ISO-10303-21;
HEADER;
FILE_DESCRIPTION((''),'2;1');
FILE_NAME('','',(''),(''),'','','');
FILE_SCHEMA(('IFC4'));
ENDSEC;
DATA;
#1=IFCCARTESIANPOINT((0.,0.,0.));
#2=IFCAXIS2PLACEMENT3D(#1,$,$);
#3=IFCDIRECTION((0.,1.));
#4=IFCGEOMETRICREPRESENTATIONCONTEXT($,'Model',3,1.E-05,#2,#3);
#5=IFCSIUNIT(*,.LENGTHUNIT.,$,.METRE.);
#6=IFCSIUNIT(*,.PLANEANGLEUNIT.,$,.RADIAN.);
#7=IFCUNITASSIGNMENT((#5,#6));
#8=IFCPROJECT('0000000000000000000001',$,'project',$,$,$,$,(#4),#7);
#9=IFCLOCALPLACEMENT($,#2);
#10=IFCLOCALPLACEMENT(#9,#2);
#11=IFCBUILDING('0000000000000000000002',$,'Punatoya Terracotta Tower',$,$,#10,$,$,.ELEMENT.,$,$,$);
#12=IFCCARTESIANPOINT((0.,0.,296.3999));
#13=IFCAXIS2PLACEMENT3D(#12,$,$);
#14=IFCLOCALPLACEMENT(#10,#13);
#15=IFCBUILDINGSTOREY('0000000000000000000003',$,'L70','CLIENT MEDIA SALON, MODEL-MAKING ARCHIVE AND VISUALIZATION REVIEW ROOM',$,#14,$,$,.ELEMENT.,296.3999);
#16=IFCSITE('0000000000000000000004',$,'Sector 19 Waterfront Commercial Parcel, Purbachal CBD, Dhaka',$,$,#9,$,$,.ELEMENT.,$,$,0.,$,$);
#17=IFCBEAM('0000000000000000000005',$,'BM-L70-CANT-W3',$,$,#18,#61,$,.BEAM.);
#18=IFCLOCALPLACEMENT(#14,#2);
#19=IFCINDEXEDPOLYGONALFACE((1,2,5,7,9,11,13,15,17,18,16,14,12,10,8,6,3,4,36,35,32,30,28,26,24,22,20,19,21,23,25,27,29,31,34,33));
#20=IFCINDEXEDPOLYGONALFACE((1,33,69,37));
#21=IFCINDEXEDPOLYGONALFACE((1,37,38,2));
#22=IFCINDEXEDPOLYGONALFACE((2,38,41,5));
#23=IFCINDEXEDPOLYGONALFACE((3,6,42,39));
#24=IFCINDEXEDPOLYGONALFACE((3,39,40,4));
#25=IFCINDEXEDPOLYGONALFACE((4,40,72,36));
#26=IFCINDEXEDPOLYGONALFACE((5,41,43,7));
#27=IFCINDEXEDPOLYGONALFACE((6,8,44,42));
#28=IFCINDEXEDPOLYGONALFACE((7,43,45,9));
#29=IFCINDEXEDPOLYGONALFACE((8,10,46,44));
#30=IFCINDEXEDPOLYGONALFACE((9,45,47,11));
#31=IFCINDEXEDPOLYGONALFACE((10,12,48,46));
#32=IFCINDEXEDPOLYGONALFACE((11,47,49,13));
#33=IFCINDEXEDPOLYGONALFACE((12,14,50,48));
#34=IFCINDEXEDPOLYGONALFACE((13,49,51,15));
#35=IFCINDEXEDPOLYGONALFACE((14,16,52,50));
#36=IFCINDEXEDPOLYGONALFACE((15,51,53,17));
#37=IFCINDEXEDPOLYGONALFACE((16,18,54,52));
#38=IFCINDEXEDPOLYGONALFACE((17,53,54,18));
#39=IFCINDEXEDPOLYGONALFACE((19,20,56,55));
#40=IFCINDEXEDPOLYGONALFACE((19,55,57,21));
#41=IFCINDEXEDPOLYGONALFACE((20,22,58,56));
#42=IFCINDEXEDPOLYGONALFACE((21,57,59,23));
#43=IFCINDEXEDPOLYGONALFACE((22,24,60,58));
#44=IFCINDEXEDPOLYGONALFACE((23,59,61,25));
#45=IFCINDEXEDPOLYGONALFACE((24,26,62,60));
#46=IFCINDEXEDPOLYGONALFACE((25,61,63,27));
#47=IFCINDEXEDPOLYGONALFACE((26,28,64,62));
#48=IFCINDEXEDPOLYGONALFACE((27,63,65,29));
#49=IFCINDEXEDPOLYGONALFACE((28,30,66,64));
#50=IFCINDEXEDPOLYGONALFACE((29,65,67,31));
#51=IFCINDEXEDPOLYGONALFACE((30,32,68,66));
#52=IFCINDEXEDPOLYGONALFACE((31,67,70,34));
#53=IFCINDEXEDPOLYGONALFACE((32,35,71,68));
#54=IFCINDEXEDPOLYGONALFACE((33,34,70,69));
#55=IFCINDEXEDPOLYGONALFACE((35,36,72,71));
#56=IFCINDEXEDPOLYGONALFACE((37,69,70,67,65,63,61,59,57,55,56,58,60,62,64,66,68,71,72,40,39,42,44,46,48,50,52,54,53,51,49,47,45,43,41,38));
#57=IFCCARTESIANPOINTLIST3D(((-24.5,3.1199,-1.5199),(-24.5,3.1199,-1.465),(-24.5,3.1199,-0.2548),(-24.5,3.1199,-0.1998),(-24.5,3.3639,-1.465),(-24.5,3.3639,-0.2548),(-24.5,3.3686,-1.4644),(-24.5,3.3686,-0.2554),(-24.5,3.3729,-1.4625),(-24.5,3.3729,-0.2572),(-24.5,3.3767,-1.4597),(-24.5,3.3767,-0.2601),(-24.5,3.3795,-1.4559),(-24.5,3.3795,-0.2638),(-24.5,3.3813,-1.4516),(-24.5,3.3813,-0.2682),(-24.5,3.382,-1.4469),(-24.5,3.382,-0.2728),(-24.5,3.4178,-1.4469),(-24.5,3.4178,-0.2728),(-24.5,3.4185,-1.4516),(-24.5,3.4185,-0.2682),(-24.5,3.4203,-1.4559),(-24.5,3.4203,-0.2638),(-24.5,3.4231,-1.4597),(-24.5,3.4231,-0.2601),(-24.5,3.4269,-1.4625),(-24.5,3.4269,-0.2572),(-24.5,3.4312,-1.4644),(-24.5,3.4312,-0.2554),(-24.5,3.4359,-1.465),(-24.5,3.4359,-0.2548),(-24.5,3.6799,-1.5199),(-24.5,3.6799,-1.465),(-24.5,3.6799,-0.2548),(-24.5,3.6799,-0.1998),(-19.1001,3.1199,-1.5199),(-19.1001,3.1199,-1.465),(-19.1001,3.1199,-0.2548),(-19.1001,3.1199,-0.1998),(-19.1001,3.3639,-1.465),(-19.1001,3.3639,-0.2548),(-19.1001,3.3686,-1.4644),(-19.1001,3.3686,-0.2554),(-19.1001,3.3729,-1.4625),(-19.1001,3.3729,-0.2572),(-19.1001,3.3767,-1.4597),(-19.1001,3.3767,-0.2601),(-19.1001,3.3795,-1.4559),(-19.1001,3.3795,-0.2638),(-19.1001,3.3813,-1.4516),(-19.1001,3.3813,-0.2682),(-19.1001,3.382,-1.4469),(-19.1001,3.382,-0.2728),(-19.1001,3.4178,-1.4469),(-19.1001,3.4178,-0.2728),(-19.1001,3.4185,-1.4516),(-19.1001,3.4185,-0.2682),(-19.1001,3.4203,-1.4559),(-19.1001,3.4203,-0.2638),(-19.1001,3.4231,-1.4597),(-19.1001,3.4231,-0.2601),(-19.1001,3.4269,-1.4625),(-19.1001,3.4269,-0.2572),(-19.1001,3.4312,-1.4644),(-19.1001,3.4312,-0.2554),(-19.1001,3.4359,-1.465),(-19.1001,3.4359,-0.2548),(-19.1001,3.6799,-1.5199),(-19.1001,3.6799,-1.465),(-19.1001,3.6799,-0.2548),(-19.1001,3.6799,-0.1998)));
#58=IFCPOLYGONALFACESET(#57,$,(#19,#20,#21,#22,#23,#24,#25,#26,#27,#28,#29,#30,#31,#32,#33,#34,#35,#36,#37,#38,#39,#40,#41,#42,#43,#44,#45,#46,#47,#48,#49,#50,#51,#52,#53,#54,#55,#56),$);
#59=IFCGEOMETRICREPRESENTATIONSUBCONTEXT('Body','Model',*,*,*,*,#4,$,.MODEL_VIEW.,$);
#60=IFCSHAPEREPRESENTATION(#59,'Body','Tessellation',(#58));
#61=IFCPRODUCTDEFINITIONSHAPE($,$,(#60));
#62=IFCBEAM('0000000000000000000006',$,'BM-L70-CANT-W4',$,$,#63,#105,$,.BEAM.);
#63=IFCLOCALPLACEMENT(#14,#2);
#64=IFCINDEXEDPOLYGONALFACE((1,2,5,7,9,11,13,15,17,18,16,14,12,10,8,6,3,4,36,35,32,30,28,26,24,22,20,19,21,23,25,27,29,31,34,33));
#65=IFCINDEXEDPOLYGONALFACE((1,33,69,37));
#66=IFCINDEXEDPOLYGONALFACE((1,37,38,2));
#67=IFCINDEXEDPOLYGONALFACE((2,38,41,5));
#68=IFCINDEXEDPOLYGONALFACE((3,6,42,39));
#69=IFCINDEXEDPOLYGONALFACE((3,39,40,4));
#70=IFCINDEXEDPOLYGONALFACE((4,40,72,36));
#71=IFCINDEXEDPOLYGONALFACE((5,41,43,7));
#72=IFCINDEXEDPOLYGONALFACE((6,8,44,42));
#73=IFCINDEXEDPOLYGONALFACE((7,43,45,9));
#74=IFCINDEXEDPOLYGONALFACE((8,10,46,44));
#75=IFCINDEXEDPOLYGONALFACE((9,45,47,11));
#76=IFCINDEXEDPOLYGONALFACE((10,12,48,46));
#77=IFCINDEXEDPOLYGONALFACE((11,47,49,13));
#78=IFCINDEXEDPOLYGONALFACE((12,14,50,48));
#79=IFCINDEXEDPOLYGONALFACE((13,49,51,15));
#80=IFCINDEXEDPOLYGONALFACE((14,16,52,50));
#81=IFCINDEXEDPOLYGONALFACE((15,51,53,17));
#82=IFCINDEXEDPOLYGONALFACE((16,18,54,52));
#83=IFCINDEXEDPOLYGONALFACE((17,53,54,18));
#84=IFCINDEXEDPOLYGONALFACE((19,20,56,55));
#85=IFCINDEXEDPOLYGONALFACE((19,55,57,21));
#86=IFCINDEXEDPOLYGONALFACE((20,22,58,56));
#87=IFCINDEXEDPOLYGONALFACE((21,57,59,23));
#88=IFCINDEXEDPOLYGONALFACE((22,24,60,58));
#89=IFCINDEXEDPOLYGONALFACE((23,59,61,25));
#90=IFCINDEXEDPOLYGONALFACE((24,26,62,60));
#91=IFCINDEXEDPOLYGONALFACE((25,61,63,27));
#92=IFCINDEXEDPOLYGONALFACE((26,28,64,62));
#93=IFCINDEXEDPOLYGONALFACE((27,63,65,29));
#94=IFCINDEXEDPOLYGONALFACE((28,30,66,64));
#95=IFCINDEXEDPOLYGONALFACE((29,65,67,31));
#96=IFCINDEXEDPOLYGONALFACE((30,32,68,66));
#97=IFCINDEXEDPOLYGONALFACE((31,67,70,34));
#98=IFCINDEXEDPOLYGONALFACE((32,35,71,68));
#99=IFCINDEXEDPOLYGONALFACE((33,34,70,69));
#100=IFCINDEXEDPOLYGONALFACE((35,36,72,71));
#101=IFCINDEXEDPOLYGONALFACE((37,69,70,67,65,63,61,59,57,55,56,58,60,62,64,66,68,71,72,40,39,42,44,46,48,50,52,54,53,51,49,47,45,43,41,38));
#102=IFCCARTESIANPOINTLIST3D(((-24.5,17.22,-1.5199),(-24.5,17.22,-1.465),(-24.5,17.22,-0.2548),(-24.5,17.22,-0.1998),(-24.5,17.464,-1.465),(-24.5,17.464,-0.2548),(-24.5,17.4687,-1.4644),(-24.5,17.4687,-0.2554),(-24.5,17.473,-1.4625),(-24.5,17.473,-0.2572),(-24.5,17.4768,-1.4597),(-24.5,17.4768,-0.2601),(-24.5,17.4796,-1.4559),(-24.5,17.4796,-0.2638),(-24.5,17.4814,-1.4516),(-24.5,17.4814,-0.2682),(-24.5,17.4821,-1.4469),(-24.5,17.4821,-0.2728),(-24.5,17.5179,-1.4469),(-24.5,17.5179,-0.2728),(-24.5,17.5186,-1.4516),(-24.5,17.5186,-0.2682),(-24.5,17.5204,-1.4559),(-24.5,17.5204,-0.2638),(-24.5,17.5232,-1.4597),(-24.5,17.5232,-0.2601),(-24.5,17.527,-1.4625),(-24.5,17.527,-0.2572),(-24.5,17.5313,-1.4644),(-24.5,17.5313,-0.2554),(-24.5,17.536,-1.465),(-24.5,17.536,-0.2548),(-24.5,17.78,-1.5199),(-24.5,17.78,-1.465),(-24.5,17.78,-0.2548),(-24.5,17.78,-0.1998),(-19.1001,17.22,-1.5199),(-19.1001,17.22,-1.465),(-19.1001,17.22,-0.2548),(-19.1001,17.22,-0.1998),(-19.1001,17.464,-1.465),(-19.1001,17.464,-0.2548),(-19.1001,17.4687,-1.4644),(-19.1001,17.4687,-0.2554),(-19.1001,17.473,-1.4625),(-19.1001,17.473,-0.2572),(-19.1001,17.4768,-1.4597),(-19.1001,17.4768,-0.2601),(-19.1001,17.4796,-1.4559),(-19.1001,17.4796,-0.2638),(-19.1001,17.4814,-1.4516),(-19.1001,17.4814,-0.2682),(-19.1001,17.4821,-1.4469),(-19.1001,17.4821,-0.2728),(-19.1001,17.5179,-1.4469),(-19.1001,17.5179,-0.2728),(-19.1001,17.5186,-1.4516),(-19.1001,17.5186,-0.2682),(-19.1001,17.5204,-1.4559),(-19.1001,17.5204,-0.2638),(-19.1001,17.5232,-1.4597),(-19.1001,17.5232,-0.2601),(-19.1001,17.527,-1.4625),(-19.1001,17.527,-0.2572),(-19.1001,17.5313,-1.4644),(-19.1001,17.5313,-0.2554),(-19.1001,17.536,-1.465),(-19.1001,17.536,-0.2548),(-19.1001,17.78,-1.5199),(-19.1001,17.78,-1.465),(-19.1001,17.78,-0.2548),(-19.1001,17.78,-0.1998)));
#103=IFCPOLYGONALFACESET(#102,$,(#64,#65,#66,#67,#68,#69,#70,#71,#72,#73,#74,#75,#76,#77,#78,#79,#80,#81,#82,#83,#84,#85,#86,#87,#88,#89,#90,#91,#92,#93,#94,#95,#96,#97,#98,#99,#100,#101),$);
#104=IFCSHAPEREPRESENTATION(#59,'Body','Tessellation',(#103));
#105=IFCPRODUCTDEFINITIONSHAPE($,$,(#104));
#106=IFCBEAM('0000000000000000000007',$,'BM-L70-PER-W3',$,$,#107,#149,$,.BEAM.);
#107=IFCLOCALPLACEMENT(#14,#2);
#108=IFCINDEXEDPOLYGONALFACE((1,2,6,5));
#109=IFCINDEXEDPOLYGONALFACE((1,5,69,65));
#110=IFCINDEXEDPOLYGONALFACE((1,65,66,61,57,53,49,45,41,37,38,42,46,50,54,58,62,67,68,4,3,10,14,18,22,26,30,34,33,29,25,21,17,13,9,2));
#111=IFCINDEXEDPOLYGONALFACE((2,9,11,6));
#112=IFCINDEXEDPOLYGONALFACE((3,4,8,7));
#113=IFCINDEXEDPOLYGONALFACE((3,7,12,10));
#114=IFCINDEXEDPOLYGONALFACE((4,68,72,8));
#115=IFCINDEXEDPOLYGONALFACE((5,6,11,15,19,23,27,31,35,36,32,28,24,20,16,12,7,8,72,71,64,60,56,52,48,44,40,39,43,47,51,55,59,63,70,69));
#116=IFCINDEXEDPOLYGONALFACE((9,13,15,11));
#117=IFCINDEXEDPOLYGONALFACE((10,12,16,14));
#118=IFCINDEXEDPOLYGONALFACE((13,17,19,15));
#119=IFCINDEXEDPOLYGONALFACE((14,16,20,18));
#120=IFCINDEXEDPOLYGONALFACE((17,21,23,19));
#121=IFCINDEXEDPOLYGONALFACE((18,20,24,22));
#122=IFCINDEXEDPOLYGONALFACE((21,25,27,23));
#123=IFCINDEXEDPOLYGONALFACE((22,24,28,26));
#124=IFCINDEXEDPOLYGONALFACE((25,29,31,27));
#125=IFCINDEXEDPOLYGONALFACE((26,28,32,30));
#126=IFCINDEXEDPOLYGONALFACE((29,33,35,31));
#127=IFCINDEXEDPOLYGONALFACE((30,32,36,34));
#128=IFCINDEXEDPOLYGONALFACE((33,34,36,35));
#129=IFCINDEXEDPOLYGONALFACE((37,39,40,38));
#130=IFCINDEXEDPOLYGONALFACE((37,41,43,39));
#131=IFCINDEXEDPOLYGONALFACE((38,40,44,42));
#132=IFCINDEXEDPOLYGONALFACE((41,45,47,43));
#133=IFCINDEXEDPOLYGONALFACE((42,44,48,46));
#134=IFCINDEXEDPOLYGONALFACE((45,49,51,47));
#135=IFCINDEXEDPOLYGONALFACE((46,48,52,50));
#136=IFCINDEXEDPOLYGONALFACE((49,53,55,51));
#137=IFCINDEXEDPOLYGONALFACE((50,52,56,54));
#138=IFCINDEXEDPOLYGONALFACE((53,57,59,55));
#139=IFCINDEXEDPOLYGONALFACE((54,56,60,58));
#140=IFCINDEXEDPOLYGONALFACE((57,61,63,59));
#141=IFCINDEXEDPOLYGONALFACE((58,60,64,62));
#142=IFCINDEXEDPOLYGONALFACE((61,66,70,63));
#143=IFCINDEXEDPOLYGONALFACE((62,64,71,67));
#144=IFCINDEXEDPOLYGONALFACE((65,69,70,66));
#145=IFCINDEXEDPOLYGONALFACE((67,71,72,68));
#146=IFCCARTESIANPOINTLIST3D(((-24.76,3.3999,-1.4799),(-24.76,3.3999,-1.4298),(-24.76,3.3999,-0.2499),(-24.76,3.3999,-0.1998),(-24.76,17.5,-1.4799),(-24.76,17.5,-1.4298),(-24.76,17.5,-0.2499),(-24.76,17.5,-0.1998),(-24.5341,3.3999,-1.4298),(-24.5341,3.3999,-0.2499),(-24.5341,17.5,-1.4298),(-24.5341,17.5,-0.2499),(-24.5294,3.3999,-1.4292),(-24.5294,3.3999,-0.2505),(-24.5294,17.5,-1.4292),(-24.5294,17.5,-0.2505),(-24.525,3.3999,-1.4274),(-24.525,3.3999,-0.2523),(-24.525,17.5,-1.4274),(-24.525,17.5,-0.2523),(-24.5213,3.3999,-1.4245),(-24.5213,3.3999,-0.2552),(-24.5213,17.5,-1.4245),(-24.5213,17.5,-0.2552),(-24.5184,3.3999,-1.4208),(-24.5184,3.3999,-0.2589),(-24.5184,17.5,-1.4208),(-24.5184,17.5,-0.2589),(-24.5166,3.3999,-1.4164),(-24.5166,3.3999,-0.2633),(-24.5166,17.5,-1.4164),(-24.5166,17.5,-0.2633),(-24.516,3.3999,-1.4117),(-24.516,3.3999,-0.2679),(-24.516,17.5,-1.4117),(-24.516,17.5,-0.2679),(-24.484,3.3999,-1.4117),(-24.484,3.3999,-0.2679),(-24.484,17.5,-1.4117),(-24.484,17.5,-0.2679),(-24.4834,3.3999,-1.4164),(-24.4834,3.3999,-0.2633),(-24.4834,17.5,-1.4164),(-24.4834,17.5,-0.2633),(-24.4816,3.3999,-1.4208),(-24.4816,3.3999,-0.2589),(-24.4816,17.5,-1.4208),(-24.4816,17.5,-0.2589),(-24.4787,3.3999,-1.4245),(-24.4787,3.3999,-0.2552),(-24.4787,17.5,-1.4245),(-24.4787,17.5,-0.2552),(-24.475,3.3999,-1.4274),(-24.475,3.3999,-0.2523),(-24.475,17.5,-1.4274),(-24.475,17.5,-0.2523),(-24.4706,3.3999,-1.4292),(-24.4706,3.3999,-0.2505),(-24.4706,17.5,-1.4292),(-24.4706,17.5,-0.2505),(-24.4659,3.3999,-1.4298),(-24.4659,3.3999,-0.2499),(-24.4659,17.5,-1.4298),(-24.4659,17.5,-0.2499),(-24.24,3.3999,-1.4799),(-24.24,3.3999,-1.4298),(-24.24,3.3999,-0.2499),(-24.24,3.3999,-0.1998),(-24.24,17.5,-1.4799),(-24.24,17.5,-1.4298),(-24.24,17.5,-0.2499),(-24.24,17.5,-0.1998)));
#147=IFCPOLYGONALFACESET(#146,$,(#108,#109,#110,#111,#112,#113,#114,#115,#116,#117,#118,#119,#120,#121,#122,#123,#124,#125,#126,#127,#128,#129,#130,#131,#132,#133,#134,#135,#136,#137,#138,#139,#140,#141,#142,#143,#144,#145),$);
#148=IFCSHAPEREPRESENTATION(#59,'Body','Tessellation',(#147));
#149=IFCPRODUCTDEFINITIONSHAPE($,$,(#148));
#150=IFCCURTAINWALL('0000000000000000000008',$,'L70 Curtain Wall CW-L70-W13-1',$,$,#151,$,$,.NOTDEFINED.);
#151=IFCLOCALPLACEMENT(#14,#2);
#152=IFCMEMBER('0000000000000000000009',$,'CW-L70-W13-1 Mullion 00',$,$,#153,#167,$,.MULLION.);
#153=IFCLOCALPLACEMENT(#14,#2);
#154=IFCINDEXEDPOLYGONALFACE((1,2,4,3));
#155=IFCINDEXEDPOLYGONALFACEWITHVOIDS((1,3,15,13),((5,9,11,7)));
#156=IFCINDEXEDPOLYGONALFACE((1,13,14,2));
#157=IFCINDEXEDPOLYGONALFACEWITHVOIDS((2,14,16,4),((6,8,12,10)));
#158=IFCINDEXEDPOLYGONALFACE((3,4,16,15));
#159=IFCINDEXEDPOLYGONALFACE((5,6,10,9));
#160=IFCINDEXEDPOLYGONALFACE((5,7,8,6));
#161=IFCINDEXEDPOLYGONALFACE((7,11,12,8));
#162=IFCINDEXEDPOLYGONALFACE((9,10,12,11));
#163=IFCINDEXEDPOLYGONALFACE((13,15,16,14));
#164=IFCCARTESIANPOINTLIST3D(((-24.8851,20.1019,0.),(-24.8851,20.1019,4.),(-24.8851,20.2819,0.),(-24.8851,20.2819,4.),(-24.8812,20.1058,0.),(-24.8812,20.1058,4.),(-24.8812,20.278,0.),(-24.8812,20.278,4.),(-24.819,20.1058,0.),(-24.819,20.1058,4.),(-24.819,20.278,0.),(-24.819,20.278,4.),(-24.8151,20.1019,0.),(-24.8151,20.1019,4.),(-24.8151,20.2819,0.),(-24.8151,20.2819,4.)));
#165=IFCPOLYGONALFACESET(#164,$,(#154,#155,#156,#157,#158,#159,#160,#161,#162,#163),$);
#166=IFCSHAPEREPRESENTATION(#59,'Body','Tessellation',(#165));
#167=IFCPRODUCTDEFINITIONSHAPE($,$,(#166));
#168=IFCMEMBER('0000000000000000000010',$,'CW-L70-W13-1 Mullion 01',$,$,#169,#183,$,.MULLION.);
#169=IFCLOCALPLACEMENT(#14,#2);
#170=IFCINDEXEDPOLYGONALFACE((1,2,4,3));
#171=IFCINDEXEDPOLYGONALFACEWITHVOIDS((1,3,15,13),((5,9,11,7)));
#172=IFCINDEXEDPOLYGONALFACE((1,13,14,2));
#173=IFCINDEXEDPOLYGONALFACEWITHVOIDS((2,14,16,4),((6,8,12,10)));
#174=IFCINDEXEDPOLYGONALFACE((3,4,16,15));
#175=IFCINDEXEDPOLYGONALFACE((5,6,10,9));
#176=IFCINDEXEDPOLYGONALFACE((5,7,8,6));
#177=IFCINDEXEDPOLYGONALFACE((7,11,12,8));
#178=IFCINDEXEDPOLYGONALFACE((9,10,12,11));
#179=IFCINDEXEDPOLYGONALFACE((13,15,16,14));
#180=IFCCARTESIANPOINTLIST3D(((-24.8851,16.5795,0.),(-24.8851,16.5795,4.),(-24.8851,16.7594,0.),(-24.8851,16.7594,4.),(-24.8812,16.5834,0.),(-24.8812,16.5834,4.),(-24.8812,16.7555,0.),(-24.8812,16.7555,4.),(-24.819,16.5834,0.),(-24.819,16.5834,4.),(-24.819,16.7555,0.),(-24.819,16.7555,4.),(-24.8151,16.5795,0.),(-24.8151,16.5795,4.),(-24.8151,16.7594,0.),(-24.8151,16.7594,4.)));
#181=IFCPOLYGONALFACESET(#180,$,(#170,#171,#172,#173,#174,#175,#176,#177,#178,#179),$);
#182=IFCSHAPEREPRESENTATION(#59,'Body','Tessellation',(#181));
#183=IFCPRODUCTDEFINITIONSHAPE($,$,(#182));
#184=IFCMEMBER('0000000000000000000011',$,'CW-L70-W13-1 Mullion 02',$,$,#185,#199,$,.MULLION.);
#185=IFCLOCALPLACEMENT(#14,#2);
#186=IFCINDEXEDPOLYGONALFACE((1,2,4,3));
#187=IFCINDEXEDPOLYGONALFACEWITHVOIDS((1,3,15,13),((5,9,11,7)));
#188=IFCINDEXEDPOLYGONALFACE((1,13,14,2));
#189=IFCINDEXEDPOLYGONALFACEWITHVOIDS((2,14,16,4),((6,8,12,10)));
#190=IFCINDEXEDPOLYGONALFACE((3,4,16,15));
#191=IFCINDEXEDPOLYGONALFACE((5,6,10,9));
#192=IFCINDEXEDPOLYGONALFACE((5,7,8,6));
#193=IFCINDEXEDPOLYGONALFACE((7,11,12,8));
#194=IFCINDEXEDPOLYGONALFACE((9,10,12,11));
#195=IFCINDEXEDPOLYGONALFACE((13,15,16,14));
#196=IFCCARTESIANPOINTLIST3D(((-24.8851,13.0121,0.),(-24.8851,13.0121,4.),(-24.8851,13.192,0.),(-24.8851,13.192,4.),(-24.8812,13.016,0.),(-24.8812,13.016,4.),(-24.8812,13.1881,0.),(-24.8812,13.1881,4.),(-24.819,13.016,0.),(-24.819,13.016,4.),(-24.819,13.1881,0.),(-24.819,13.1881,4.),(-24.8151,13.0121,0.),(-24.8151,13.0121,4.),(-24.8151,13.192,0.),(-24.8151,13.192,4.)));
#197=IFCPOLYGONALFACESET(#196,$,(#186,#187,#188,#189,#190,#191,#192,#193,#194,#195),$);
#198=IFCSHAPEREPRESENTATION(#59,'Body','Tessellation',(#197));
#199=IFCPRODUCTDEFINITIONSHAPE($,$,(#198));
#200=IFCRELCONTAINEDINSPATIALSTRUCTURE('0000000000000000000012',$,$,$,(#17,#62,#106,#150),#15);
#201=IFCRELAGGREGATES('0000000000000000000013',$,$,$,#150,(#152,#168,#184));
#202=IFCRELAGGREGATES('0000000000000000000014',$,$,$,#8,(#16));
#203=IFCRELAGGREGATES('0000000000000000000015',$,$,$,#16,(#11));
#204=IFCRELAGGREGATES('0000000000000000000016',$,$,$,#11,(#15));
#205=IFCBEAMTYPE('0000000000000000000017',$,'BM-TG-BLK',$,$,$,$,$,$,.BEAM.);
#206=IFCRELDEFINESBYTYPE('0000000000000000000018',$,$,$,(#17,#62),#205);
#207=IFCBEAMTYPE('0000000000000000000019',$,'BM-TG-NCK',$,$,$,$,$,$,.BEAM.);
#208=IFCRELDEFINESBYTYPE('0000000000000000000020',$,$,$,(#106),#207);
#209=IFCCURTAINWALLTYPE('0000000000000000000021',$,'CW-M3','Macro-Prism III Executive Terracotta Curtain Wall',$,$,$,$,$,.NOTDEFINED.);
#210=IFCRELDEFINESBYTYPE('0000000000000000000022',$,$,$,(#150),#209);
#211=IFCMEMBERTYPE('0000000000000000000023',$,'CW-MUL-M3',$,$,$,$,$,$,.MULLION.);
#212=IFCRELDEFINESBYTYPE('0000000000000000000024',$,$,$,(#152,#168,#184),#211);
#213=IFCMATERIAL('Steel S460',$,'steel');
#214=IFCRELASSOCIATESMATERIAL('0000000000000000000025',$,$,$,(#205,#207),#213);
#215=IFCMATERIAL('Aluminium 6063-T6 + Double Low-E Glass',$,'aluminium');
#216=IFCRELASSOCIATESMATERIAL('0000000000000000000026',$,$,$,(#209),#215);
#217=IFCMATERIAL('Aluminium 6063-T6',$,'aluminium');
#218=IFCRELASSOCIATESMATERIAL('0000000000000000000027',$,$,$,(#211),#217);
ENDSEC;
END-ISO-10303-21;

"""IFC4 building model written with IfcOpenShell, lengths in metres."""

from ifc_helpers import new_model, si_unit, direction, frame, origin, origin_2d, place, context, subcontext, project, spatial, hollow_rectangle, i_section, extrude, material, material_profile, profile_set, type_object, element, aggregate, save


model = new_model("IFC4")

# Units and contexts
model_context = context("Model", 3, precision=1e-05, world=origin(), true_north=direction((0.0, 1.0)))
body_context = subcontext(model_context, "Body", "Model", "MODEL_VIEW")
ifc_project = project(units=[si_unit("LENGTHUNIT", "METRE"), si_unit("PLANEANGLEUNIT", "RADIAN")], contexts=[model_context])

# Site, building, storey
site_placement = place(None, origin())
site = spatial("IfcSite", under=ifc_project, at=site_placement, Name="Sector 19 Waterfront Commercial Parcel, Purbachal CBD, Dhaka", CompositionType="ELEMENT", RefElevation=0.0)
building_placement = place(site_placement, origin())
building = spatial("IfcBuilding", under=site, at=building_placement, Name="Punatoya Terracotta Tower", CompositionType="ELEMENT")
storey_placement = place(building_placement, frame((0.0, 0.0, 296.3999)))
storey = spatial("IfcBuildingStorey", under=building, at=storey_placement, Name="L70", Description="CLIENT MEDIA SALON, MODEL-MAKING ARCHIVE AND VISUALIZATION REVIEW ROOM", CompositionType="ELEMENT", Elevation=296.3999)

# Shared definitions
ifc_material_1 = material(Name="Steel S460", Category="steel")

# Beams
ifc_material_profile_1 = material_profile(ifc_material_1, i_section(OverallWidth=0.5601, OverallDepth=1.3201, WebThickness=0.0359, FlangeThickness=0.0549, FilletRadius=0.0181, at=origin_2d()))
ifc_profile_set_1 = profile_set([ifc_material_profile_1], Name="Steel S460")
beam_type_1 = type_object("IfcBeamType", Name="BM-TG-BLK", PredefinedType="BEAM", material=ifc_profile_set_1)
for number, where, z_axis, x_axis, name in (
    (1, (-24.5, 3.3999, -0.8599), (1.0, 0.0, 0.0), (0.0, 1.0, 0.0), "BM-L70-CANT-W3"),
    (2, (-24.5, 17.5, -0.8599), (1.0, 0.0, 0.0), (0.0, 1.0, 0.0), "BM-L70-CANT-W4"),
):
    element("IfcBeam", number, at=place(storey_placement, frame(where, z_axis=z_axis, x_axis=x_axis)), inside=storey, type_object=beam_type_1, Name=name, PredefinedType="BEAM", context=body_context, shape_type="SweptSolid", body=[
        extrude(i_section(OverallWidth=0.5601, OverallDepth=1.3201, WebThickness=0.0359, FlangeThickness=0.0549, FilletRadius=0.0181, at=origin_2d()), origin(), (0.0, 0.0, 1.0), 5.3999),
    ])
ifc_material_profile_2 = material_profile(ifc_material_1, i_section(OverallWidth=0.52, OverallDepth=1.28, WebThickness=0.032, FlangeThickness=0.05, FilletRadius=0.0181, at=origin_2d()))
ifc_profile_set_2 = profile_set([ifc_material_profile_2], Name="Steel S460")
beam_type_2 = type_object("IfcBeamType", Name="BM-TG-NCK", PredefinedType="BEAM", material=ifc_profile_set_2)
beam_1_placement = place(storey_placement, frame((-24.5, 3.3999, -0.8398), z_axis=(0.0, 1.0, 0.0), x_axis=(-1.0, 0.0, 0.0)))
element("IfcBeam", 3, at=beam_1_placement, inside=storey, type_object=beam_type_2, Name="BM-L70-PER-W3", PredefinedType="BEAM", context=body_context, shape_type="SweptSolid", body=[
    extrude(i_section(OverallWidth=0.52, OverallDepth=1.28, WebThickness=0.032, FlangeThickness=0.05, FilletRadius=0.0181, at=origin_2d()), origin(), (0.0, 0.0, 1.0), 14.1001),
])

# Curtain wall, members
ifc_material_2 = material(Name="Aluminium 6063-T6 + Double Low-E Glass", Category="aluminium")
curtain_wall_type = type_object("IfcCurtainWallType", Name="CW-M3", Description="Macro-Prism III Executive Terracotta Curtain Wall", PredefinedType="NOTDEFINED", material=ifc_material_2)
curtain_wall_placement = place(storey_placement, origin())
curtain_wall = element("IfcCurtainWall", 4, at=curtain_wall_placement, inside=storey, type_object=curtain_wall_type, Name="L70 Curtain Wall CW-L70-W13-1", PredefinedType="NOTDEFINED")
ifc_material_3 = material(Name="Aluminium 6063-T6", Category="aluminium")
ifc_material_profile_3 = material_profile(ifc_material_3, hollow_rectangle(XDim=0.0701, YDim=0.1799, WallThickness=0.0039, at=origin_2d()))
ifc_profile_set_3 = profile_set([ifc_material_profile_3], Name="Aluminium 6063-T6")
member_type_1 = type_object("IfcMemberType", Name="CW-MUL-M3", PredefinedType="MULLION", material=ifc_profile_set_3)
member_1_placement = place(storey_placement, frame((-24.8501, 20.1919, 0.0), z_axis=(0.0, 0.0, 1.0), x_axis=(1.0, 0.0, 0.0)))
member_1 = element("IfcMember", 5, at=member_1_placement, type_object=member_type_1, Name="CW-L70-W13-1 Mullion 00", PredefinedType="MULLION", context=body_context, shape_type="SweptSolid", body=[
    extrude(hollow_rectangle(XDim=0.0701, YDim=0.1799, WallThickness=0.0039, at=origin_2d()), origin(), (0.0, 0.0, 1.0), 4.0),
])
member_2_placement = place(storey_placement, frame((-24.8501, 16.6694, 0.0), z_axis=(0.0, 0.0, 1.0), x_axis=(1.0, 0.0, 0.0)))
member_2 = element("IfcMember", 6, at=member_2_placement, type_object=member_type_1, Name="CW-L70-W13-1 Mullion 01", PredefinedType="MULLION", context=body_context, shape_type="SweptSolid", body=[
    extrude(hollow_rectangle(XDim=0.0701, YDim=0.1799, WallThickness=0.0039, at=origin_2d()), origin(), (0.0, 0.0, 1.0), 4.0),
])
member_3_placement = place(storey_placement, frame((-24.8501, 13.1021, 0.0), z_axis=(0.0, 0.0, 1.0), x_axis=(1.0, 0.0, 0.0)))
member_3 = element("IfcMember", 7, at=member_3_placement, type_object=member_type_1, Name="CW-L70-W13-1 Mullion 02", PredefinedType="MULLION", context=body_context, shape_type="SweptSolid", body=[
    extrude(hollow_rectangle(XDim=0.0701, YDim=0.1799, WallThickness=0.0039, at=origin_2d()), origin(), (0.0, 0.0, 1.0), 4.0),
])
aggregate(curtain_wall, [member_1, member_2, member_3])

save(model, "model.ifc")
